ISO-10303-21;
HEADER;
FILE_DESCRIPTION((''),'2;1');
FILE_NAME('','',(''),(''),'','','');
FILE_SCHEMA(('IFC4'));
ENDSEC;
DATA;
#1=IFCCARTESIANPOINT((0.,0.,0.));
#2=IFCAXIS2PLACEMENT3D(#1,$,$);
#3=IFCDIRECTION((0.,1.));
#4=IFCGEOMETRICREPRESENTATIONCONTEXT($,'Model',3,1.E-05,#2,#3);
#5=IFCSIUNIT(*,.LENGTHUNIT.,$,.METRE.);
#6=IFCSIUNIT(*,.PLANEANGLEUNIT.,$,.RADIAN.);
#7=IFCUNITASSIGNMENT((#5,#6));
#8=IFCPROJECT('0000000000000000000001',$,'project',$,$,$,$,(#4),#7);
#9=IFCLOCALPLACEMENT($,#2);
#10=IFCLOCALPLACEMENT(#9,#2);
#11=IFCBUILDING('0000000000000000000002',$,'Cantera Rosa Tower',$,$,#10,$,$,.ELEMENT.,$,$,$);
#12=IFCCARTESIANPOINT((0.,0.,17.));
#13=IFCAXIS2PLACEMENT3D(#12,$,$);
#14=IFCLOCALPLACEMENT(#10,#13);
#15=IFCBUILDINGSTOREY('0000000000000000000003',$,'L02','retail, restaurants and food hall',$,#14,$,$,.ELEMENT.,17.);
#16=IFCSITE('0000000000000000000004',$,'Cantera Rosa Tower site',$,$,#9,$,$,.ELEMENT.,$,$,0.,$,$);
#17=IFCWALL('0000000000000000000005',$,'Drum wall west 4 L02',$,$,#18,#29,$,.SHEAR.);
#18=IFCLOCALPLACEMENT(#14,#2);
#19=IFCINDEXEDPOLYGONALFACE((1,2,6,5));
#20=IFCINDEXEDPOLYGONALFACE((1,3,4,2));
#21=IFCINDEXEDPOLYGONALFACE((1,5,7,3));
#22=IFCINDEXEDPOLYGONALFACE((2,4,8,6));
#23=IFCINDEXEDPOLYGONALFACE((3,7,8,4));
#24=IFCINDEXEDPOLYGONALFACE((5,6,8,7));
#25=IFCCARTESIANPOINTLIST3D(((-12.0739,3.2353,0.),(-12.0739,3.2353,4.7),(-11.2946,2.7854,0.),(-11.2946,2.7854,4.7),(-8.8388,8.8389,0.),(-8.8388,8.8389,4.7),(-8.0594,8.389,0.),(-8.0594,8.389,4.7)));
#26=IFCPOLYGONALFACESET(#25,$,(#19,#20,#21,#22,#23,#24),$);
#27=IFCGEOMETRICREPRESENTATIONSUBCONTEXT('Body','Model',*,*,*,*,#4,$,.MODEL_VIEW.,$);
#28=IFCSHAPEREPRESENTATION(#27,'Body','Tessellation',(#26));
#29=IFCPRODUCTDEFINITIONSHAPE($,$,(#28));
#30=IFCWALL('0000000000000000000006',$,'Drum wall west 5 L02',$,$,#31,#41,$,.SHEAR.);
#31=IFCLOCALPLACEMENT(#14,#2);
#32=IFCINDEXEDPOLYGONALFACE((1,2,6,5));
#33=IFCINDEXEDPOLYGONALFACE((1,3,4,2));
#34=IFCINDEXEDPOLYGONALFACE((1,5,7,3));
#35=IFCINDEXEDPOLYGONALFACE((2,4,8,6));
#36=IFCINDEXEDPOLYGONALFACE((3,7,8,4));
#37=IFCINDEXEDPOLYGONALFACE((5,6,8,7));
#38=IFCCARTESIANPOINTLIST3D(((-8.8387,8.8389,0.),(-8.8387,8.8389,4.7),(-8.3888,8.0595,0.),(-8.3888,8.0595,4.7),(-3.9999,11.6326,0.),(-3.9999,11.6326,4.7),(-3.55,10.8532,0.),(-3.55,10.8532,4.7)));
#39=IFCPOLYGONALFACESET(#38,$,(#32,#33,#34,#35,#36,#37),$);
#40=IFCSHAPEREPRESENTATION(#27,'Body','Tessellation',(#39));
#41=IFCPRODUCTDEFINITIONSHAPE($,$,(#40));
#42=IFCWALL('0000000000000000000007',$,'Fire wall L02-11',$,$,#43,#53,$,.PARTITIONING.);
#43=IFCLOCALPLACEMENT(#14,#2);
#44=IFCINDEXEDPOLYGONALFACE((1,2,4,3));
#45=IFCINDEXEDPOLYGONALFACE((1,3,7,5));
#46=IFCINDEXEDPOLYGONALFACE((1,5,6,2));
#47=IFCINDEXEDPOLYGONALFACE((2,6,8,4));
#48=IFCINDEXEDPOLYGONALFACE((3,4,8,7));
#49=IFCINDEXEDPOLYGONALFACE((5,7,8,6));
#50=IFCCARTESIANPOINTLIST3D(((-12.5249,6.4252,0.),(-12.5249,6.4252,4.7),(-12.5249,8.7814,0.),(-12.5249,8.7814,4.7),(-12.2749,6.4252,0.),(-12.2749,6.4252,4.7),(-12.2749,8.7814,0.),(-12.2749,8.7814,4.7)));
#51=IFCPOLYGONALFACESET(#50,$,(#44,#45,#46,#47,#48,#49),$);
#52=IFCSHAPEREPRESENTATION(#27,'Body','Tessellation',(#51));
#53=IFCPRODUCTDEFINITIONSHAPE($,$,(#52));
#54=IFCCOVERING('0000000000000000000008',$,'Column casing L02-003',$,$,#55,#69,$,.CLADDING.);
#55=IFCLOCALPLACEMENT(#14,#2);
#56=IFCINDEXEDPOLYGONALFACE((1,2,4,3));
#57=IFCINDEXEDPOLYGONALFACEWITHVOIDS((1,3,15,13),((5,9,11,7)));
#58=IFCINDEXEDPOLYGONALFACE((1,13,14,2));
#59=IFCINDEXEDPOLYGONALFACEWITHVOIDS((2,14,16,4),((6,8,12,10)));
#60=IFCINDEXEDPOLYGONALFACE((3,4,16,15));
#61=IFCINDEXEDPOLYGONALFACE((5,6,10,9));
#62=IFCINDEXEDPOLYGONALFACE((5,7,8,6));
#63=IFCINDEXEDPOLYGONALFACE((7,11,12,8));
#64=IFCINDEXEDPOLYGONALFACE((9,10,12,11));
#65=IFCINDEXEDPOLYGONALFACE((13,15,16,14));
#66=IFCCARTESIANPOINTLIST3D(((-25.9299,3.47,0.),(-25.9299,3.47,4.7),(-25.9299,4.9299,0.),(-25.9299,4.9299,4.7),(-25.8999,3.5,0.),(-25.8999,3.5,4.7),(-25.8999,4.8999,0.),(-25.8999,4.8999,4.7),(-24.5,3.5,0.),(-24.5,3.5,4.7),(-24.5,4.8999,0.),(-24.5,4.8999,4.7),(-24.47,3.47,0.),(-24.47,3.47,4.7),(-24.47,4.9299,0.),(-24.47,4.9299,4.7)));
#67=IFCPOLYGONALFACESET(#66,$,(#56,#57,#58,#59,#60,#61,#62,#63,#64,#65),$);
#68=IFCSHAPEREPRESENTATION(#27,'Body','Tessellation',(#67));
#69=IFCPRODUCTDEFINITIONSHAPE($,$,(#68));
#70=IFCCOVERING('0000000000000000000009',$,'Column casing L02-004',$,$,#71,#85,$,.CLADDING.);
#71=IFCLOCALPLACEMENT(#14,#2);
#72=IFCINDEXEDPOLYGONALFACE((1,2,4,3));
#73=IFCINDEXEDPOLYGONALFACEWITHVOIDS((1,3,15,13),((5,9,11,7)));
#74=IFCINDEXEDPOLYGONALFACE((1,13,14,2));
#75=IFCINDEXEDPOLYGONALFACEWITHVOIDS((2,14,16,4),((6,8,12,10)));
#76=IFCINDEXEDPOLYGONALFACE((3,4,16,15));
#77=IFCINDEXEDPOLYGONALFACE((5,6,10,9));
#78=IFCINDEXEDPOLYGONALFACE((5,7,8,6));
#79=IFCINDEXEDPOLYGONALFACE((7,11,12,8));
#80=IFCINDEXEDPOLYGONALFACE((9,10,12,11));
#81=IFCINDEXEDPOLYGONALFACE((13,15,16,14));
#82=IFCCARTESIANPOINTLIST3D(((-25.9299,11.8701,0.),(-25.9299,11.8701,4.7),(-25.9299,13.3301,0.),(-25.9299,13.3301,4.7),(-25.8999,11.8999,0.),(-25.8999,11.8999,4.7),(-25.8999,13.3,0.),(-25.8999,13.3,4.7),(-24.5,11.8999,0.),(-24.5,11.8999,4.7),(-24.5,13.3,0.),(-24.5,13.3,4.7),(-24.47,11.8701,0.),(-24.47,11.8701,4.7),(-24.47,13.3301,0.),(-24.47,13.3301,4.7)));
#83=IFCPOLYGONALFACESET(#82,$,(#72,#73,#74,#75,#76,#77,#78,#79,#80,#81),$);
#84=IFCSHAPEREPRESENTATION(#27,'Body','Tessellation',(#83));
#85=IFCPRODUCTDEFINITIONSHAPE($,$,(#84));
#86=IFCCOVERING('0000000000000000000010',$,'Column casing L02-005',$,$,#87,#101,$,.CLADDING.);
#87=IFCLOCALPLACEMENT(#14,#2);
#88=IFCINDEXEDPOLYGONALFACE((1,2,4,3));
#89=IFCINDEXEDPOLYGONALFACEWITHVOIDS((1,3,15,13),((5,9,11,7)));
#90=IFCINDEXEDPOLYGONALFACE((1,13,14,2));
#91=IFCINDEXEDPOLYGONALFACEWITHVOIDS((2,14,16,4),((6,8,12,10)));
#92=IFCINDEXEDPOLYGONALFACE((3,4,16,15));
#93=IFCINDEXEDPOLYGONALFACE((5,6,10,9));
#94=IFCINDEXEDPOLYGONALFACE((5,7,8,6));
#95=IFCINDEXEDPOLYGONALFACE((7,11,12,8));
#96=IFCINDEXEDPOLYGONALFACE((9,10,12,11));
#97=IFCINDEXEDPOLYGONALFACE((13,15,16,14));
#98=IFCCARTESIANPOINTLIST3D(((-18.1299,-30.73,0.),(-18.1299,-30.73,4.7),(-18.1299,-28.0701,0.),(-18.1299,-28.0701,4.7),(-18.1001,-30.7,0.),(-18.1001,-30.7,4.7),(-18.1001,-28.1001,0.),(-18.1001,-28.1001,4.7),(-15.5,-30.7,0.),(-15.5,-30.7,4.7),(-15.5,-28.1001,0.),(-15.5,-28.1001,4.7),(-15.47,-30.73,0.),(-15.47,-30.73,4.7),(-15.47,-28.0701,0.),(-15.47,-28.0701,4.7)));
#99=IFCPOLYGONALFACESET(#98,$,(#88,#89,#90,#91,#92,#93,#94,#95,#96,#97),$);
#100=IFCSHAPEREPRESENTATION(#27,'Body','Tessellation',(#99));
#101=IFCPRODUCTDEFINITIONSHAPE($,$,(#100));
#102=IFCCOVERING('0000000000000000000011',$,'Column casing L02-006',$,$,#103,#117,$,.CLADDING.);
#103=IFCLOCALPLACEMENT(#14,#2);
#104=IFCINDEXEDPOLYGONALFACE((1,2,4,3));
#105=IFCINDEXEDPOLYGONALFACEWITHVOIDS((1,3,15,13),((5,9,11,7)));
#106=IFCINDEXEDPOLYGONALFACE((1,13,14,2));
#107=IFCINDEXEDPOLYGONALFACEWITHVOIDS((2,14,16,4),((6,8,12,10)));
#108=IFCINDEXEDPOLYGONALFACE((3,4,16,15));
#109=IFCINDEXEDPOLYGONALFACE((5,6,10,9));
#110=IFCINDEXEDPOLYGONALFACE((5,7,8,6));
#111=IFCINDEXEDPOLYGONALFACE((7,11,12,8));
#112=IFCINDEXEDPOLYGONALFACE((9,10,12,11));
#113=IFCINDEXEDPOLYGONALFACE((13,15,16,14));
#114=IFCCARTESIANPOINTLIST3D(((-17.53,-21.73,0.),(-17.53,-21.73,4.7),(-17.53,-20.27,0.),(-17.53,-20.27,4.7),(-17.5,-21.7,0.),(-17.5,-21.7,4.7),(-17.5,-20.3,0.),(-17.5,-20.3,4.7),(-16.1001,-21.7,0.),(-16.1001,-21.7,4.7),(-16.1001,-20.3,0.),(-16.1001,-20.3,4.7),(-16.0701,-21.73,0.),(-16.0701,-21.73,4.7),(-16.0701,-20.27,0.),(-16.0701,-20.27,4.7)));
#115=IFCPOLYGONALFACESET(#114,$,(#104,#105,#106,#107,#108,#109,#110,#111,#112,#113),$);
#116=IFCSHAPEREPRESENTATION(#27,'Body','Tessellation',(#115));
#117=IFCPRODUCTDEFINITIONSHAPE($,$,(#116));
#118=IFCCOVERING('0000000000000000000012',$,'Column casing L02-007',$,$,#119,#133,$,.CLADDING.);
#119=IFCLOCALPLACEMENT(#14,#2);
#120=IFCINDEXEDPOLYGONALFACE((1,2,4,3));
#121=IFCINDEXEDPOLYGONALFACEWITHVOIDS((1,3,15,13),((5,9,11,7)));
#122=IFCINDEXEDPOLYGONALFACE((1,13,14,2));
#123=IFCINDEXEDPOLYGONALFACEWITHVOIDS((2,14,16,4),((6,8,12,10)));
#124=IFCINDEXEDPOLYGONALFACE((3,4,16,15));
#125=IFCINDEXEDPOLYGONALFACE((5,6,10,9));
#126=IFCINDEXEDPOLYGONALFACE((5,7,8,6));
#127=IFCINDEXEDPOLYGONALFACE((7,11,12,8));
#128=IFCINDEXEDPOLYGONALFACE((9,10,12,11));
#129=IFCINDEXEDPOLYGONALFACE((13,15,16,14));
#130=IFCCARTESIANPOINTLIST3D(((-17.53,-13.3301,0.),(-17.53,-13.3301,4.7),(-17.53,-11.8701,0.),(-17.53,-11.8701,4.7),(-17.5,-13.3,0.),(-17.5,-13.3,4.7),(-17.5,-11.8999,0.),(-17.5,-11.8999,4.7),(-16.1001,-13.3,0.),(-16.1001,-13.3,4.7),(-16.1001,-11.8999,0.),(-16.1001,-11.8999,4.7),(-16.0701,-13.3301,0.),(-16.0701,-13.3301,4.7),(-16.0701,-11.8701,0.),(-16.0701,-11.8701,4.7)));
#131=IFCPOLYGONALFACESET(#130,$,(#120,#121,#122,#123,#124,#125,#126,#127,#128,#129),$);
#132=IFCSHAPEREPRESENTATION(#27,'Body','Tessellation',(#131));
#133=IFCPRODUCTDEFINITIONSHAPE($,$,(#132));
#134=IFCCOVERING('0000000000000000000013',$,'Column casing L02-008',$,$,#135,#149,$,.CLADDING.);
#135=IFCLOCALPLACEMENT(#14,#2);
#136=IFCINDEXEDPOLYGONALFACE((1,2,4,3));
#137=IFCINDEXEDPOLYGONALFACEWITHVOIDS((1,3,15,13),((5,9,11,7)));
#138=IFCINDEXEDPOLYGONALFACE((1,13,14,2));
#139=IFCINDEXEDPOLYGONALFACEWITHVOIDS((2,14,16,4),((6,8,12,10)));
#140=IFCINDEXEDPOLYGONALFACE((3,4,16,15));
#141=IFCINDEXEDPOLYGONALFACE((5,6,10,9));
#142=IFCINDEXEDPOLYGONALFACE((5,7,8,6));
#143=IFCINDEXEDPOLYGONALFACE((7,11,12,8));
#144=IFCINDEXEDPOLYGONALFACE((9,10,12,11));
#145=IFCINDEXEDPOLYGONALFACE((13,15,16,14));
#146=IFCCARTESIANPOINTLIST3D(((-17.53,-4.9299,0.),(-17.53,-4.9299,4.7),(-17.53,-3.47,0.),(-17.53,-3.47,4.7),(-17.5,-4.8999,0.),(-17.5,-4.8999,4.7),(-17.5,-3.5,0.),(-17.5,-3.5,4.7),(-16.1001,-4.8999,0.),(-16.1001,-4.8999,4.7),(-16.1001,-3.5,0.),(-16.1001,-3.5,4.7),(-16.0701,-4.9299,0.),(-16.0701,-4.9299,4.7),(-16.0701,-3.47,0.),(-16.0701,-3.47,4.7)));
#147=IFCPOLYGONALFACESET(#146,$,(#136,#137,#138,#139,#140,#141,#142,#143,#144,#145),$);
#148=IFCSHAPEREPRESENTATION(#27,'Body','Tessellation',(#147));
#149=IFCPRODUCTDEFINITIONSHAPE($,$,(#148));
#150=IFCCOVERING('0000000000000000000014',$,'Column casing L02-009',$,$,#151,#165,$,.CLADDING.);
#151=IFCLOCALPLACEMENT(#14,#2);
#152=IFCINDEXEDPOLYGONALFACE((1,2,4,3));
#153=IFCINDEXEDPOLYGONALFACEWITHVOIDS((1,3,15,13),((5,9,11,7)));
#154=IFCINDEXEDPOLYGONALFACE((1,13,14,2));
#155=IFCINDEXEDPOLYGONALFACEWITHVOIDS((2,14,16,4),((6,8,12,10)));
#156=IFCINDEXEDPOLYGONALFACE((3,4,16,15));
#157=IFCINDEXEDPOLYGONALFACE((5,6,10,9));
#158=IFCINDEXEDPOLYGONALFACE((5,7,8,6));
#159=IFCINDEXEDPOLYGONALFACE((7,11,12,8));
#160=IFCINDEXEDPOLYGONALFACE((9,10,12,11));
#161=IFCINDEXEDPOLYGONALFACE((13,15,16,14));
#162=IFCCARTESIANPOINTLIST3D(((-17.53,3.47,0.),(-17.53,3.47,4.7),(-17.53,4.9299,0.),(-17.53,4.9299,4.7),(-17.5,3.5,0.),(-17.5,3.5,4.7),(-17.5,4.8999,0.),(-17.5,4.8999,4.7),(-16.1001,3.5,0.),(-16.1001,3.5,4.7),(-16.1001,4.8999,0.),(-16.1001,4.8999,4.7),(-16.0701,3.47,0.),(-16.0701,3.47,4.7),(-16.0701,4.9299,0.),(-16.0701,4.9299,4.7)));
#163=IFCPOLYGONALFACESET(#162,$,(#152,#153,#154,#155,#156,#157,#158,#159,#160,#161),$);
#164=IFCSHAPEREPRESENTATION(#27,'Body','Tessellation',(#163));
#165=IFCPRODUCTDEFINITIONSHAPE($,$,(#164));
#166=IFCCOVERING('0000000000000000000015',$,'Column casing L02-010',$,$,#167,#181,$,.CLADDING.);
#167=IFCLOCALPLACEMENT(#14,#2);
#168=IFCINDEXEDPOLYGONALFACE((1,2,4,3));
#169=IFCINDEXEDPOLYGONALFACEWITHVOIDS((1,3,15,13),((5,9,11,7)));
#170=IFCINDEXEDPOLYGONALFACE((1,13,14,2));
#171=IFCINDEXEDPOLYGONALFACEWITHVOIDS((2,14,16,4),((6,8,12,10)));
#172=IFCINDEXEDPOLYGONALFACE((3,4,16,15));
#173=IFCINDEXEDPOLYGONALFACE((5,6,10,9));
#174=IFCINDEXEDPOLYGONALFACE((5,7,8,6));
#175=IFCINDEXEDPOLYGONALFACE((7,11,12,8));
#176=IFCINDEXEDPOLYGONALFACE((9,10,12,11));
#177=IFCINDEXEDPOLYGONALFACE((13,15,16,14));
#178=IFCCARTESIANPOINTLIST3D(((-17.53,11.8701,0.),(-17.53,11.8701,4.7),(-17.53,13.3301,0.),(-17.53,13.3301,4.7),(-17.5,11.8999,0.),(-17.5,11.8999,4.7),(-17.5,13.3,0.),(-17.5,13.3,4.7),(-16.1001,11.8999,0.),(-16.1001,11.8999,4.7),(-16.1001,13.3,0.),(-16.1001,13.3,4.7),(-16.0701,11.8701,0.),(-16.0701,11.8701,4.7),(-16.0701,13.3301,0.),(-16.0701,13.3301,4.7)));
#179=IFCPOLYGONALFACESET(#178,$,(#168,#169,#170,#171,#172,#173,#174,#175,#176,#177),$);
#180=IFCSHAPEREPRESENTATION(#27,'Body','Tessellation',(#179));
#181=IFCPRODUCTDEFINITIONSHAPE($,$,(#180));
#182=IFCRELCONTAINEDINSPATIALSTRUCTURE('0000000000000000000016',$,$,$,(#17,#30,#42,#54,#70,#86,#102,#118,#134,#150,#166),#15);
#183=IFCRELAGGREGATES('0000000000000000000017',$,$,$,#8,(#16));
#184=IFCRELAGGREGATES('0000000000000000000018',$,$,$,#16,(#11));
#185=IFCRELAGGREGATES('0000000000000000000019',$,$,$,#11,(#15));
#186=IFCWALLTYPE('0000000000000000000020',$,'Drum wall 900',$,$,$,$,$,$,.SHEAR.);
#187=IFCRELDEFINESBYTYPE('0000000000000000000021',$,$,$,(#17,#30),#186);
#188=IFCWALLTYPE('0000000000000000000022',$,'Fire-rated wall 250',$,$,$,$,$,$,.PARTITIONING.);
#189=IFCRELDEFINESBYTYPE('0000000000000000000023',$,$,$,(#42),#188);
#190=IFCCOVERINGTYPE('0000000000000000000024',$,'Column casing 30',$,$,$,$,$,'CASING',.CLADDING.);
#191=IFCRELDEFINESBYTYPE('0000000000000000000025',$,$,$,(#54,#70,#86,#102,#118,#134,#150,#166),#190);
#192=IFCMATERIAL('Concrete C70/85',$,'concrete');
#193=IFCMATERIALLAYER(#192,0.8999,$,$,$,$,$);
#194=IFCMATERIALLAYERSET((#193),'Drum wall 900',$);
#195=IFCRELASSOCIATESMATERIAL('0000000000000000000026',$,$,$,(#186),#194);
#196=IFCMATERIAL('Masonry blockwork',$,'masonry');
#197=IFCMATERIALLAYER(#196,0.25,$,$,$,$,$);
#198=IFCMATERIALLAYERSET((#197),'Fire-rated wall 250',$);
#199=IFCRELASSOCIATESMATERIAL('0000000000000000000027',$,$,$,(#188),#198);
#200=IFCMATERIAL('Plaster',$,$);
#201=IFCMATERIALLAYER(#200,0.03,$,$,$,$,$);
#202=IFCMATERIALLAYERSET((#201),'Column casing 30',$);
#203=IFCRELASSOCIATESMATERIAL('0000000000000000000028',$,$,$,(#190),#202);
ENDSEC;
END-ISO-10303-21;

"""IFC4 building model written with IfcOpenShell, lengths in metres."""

from ifc_helpers import new_model, si_unit, direction, frame, frame_2d, origin, place, context, subcontext, project, spatial, polyline, rectangle, outline, extrude, material, layer, layer_set, type_object, element, save


model = new_model("IFC4")

# Units and contexts
model_context = context("Model", 3, precision=1e-05, world=origin(), true_north=direction((0.0, 1.0)))
body_context = subcontext(model_context, "Body", "Model", "MODEL_VIEW")
ifc_project = project(units=[si_unit("LENGTHUNIT", "METRE"), si_unit("PLANEANGLEUNIT", "RADIAN")], contexts=[model_context])

# Site, building, storey
site_placement = place(None, origin())
site = spatial("IfcSite", under=ifc_project, at=site_placement, Name="Cantera Rosa Tower site", CompositionType="ELEMENT", RefElevation=0.0)
building_placement = place(site_placement, origin())
building = spatial("IfcBuilding", under=site, at=building_placement, Name="Cantera Rosa Tower", CompositionType="ELEMENT")
storey_placement = place(building_placement, frame((0.0, 0.0, 17.0)))
storey = spatial("IfcBuildingStorey", under=building, at=storey_placement, Name="L02", Description="retail, restaurants and food hall", CompositionType="ELEMENT", Elevation=17.0)

# Walls
ifc_material_1 = material(Name="Concrete C70/85", Category="concrete")
ifc_layer_1 = layer(ifc_material_1, 0.8999)
ifc_layer_set_1 = layer_set([ifc_layer_1], Name="Drum wall 900")
wall_type_1 = type_object("IfcWallType", Name="Drum wall 900", PredefinedType="SHEAR", material=ifc_layer_set_1)
wall_1_placement = place(storey_placement, frame((-11.6843, 3.0103, 0.0), z_axis=(0.0, 0.0, 1.0), x_axis=(0.49999, 0.866031, 0.0)))
element("IfcWall", 1, at=wall_1_placement, inside=storey, type_object=wall_type_1, Name="Drum wall west 4 L02", PredefinedType="SHEAR", context=body_context, shape_type="SweptSolid", body=[
    extrude(rectangle(XDim=6.4705, YDim=0.8999, at=frame_2d((3.2354, 0.0))), origin(), (0.0, 0.0, 1.0), 4.7),
])
wall_2_placement = place(storey_placement, frame((-8.6138, 8.4492, 0.0), z_axis=(0.0, 0.0, 1.0), x_axis=(0.866027, 0.499997, 0.0)))
element("IfcWall", 2, at=wall_2_placement, inside=storey, type_object=wall_type_1, Name="Drum wall west 5 L02", PredefinedType="SHEAR", context=body_context, shape_type="SweptSolid", body=[
    extrude(rectangle(XDim=5.5874, YDim=0.8999, at=frame_2d((2.7937, 0.0))), origin(), (0.0, 0.0, 1.0), 4.7),
])
ifc_material_2 = material(Name="Masonry blockwork", Category="masonry")
ifc_layer_2 = layer(ifc_material_2, 0.25)
ifc_layer_set_2 = layer_set([ifc_layer_2], Name="Fire-rated wall 250")
wall_type_2 = type_object("IfcWallType", Name="Fire-rated wall 250", PredefinedType="PARTITIONING", material=ifc_layer_set_2)
wall_3_placement = place(storey_placement, frame((-12.3999, 6.425, 0.0), z_axis=(0.0, 0.0, 1.0), x_axis=(0.0, 1.0, 0.0)))
element("IfcWall", 3, at=wall_3_placement, inside=storey, type_object=wall_type_2, Name="Fire wall L02-11", PredefinedType="PARTITIONING", context=body_context, shape_type="SweptSolid", body=[
    extrude(rectangle(XDim=2.3562, YDim=0.25, at=frame_2d((1.1782, 0.0))), origin(), (0.0, 0.0, 1.0), 4.7),
])

# Coverings
ifc_material_3 = material(Name="Plaster")
ifc_layer_3 = layer(ifc_material_3, 0.03)
ifc_layer_set_3 = layer_set([ifc_layer_3], Name="Column casing 30")
covering_type = type_object("IfcCoveringType", Name="Column casing 30", ElementType="CASING", PredefinedType="CLADDING", material=ifc_layer_set_3)
covering_1_placement = place(storey_placement, origin())
element("IfcCovering", 4, at=covering_1_placement, inside=storey, type_object=covering_type, Name="Column casing L02-003", PredefinedType="CLADDING", context=body_context, shape_type="SweptSolid", body=[
    extrude(outline(polyline([(-25.9299, 3.47), (-24.47, 3.47), (-24.47, 4.9299), (-25.9299, 4.9299), (-25.9299, 3.47)]), holes=[polyline([(-24.5, 4.8999), (-25.8999, 4.8999), (-25.8999, 3.5), (-24.5, 3.5), (-24.5, 4.8999)])]), origin(), (0.0, 0.0, 1.0), 4.7),
])
covering_2_placement = place(storey_placement, origin())
element("IfcCovering", 5, at=covering_2_placement, inside=storey, type_object=covering_type, Name="Column casing L02-004", PredefinedType="CLADDING", context=body_context, shape_type="SweptSolid", body=[
    extrude(outline(polyline([(-25.9299, 11.8701), (-24.47, 11.8701), (-24.47, 13.3301), (-25.9299, 13.3301), (-25.9299, 11.8701)]), holes=[polyline([(-24.5, 13.3), (-25.8999, 13.3), (-25.8999, 11.8999), (-24.5, 11.8999), (-24.5, 13.3)])]), origin(), (0.0, 0.0, 1.0), 4.7),
])
covering_3_placement = place(storey_placement, origin())
element("IfcCovering", 6, at=covering_3_placement, inside=storey, type_object=covering_type, Name="Column casing L02-005", PredefinedType="CLADDING", context=body_context, shape_type="SweptSolid", body=[
    extrude(outline(polyline([(-18.1299, -30.73), (-15.47, -30.73), (-15.47, -28.0701), (-18.1299, -28.0701), (-18.1299, -30.73)]), holes=[polyline([(-15.5, -28.1001), (-18.1001, -28.1001), (-18.1001, -30.7), (-15.5, -30.7), (-15.5, -28.1001)])]), origin(), (0.0, 0.0, 1.0), 4.7),
])
covering_4_placement = place(storey_placement, origin())
element("IfcCovering", 7, at=covering_4_placement, inside=storey, type_object=covering_type, Name="Column casing L02-006", PredefinedType="CLADDING", context=body_context, shape_type="SweptSolid", body=[
    extrude(outline(polyline([(-17.53, -21.73), (-16.0701, -21.73), (-16.0701, -20.27), (-17.53, -20.27), (-17.53, -21.73)]), holes=[polyline([(-16.1001, -20.3), (-17.5, -20.3), (-17.5, -21.7), (-16.1001, -21.7), (-16.1001, -20.3)])]), origin(), (0.0, 0.0, 1.0), 4.7),
])
covering_5_placement = place(storey_placement, origin())
element("IfcCovering", 8, at=covering_5_placement, inside=storey, type_object=covering_type, Name="Column casing L02-007", PredefinedType="CLADDING", context=body_context, shape_type="SweptSolid", body=[
    extrude(outline(polyline([(-17.53, -13.3301), (-16.0701, -13.3301), (-16.0701, -11.8701), (-17.53, -11.8701), (-17.53, -13.3301)]), holes=[polyline([(-16.1001, -11.8999), (-17.5, -11.8999), (-17.5, -13.3), (-16.1001, -13.3), (-16.1001, -11.8999)])]), origin(), (0.0, 0.0, 1.0), 4.7),
])
covering_6_placement = place(storey_placement, origin())
element("IfcCovering", 9, at=covering_6_placement, inside=storey, type_object=covering_type, Name="Column casing L02-008", PredefinedType="CLADDING", context=body_context, shape_type="SweptSolid", body=[
    extrude(outline(polyline([(-17.53, -4.9299), (-16.0701, -4.9299), (-16.0701, -3.47), (-17.53, -3.47), (-17.53, -4.9299)]), holes=[polyline([(-16.1001, -3.5), (-17.5, -3.5), (-17.5, -4.8999), (-16.1001, -4.8999), (-16.1001, -3.5)])]), origin(), (0.0, 0.0, 1.0), 4.7),
])
covering_7_placement = place(storey_placement, origin())
element("IfcCovering", 10, at=covering_7_placement, inside=storey, type_object=covering_type, Name="Column casing L02-009", PredefinedType="CLADDING", context=body_context, shape_type="SweptSolid", body=[
    extrude(outline(polyline([(-17.53, 3.47), (-16.0701, 3.47), (-16.0701, 4.9299), (-17.53, 4.9299), (-17.53, 3.47)]), holes=[polyline([(-16.1001, 4.8999), (-17.5, 4.8999), (-17.5, 3.5), (-16.1001, 3.5), (-16.1001, 4.8999)])]), origin(), (0.0, 0.0, 1.0), 4.7),
])
covering_8_placement = place(storey_placement, origin())
element("IfcCovering", 11, at=covering_8_placement, inside=storey, type_object=covering_type, Name="Column casing L02-010", PredefinedType="CLADDING", context=body_context, shape_type="SweptSolid", body=[
    extrude(outline(polyline([(-17.53, 11.8701), (-16.0701, 11.8701), (-16.0701, 13.3301), (-17.53, 13.3301), (-17.53, 11.8701)]), holes=[polyline([(-16.1001, 13.3), (-17.5, 13.3), (-17.5, 11.8999), (-16.1001, 11.8999), (-16.1001, 13.3)])]), origin(), (0.0, 0.0, 1.0), 4.7),
])

save(model, "model.ifc")
